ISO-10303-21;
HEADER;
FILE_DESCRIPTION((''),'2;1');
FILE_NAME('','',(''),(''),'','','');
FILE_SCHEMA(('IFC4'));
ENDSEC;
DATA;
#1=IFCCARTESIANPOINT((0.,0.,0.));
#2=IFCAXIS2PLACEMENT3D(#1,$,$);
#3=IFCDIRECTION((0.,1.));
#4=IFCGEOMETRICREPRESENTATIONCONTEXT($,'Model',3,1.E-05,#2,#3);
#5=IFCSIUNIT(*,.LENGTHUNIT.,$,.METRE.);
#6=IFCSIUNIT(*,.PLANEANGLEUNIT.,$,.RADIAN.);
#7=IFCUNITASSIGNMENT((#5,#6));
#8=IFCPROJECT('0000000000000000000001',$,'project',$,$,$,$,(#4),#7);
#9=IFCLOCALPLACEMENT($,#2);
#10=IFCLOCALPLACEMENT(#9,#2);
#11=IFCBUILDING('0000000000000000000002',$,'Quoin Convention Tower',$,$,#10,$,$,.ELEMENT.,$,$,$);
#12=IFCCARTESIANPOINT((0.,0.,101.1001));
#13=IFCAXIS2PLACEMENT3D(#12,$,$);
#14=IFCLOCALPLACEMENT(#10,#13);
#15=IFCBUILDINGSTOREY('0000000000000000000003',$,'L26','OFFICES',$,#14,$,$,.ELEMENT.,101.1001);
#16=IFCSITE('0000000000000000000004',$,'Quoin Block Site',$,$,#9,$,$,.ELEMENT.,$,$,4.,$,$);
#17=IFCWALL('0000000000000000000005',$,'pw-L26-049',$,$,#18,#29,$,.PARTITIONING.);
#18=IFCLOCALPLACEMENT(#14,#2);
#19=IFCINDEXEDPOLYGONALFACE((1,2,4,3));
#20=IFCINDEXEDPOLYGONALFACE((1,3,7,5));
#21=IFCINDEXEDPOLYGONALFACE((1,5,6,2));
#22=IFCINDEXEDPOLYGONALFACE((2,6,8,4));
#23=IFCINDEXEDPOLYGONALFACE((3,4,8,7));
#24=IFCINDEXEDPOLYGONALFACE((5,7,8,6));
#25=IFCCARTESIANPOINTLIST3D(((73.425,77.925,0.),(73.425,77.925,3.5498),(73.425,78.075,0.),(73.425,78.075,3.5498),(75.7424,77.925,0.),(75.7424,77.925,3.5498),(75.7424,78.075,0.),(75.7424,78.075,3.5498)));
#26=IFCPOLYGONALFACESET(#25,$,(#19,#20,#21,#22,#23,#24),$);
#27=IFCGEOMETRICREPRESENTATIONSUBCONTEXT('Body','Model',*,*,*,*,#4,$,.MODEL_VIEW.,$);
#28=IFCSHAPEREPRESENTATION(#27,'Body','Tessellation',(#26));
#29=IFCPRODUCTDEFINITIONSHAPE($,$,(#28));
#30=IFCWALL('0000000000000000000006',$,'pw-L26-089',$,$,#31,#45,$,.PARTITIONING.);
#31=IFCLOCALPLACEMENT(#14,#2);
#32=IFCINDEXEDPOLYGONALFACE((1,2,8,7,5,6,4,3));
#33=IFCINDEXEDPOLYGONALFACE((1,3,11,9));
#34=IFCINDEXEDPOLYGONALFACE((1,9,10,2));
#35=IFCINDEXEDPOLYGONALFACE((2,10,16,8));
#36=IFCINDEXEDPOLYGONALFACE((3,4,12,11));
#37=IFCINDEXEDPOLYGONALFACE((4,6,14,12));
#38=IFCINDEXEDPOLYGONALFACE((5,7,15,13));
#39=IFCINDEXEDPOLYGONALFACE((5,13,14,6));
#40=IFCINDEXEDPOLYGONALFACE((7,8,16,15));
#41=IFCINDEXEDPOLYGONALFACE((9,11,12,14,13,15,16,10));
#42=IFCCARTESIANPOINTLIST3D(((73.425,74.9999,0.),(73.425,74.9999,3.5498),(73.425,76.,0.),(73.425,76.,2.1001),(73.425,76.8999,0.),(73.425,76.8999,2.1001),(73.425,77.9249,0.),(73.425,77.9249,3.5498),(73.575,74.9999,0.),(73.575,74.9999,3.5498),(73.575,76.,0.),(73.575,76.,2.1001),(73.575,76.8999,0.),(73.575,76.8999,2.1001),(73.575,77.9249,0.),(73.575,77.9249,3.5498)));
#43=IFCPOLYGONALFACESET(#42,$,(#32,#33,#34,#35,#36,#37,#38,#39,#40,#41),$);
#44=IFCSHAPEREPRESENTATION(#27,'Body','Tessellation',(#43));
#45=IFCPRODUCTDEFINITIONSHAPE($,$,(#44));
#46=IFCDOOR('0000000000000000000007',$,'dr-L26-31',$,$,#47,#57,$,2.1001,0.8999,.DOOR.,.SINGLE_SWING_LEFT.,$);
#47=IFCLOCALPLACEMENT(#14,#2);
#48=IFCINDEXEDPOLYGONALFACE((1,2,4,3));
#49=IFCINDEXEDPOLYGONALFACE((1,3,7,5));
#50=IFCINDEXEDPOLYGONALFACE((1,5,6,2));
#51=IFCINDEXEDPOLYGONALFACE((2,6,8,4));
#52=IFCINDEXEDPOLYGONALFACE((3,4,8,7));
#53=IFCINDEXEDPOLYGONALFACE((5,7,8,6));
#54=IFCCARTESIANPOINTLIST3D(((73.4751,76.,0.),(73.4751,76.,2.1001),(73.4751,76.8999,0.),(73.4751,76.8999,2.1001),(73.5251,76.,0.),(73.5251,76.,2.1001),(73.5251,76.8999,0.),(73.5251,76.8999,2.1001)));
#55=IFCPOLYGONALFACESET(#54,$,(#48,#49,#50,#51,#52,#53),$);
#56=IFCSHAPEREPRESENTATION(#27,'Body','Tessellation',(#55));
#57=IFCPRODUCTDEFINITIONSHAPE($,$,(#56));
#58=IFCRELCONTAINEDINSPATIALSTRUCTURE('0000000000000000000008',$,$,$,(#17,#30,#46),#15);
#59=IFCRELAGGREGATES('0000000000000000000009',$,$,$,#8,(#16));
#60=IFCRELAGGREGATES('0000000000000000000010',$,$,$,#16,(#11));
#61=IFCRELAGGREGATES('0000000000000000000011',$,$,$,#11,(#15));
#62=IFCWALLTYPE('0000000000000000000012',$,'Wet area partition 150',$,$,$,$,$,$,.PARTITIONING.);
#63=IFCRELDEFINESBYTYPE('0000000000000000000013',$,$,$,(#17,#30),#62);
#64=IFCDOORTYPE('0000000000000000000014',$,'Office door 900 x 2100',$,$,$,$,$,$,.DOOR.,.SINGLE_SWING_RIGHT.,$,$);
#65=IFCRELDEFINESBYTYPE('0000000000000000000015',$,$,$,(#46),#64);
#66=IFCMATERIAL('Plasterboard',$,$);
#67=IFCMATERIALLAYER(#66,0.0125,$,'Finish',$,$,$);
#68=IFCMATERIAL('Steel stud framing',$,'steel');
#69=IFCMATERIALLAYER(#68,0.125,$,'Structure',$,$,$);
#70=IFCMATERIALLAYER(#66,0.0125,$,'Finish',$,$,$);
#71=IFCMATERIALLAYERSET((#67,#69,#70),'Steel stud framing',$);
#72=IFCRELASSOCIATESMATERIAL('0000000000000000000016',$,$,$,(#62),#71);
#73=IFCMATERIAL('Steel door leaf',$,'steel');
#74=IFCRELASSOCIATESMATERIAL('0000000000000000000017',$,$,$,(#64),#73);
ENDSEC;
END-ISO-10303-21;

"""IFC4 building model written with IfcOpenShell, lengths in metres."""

from ifc_helpers import new_model, si_unit, direction, frame, frame_2d, origin, place, context, subcontext, project, spatial, rectangle, extrude, material, layer, layer_set, type_object, element, fill, save


model = new_model("IFC4")

# Units and contexts
model_context = context("Model", 3, precision=1e-05, world=origin(), true_north=direction((0.0, 1.0)))
body_context = subcontext(model_context, "Body", "Model", "MODEL_VIEW")
ifc_project = project(units=[si_unit("LENGTHUNIT", "METRE"), si_unit("PLANEANGLEUNIT", "RADIAN")], contexts=[model_context])

# Site, building, storey
site_placement = place(None, origin())
site = spatial("IfcSite", under=ifc_project, at=site_placement, Name="Quoin Block Site", CompositionType="ELEMENT", RefElevation=4.0)
building_placement = place(site_placement, origin())
building = spatial("IfcBuilding", under=site, at=building_placement, Name="Quoin Convention Tower", CompositionType="ELEMENT")
storey_placement = place(building_placement, frame((0.0, 0.0, 101.1001)))
storey = spatial("IfcBuildingStorey", under=building, at=storey_placement, Name="L26", Description="OFFICES", CompositionType="ELEMENT", Elevation=101.1001)

# Wall
ifc_material_1 = material(Name="Plasterboard")
ifc_material_2 = material(Name="Steel stud framing", Category="steel")
ifc_layer_1 = layer(ifc_material_1, 0.0125, Name="Finish")
ifc_layer_2 = layer(ifc_material_2, 0.125, Name="Structure")
ifc_layer_3 = layer(ifc_material_1, 0.0125, Name="Finish")
ifc_layer_set_1 = layer_set([ifc_layer_1, ifc_layer_2, ifc_layer_3], Name="Steel stud framing")
wall_type_1 = type_object("IfcWallType", Name="Wet area partition 150", PredefinedType="PARTITIONING", material=ifc_layer_set_1)
wall_1_placement = place(storey_placement, frame((73.425, 78.0, 0.0), z_axis=(0.0, 0.0, 1.0), x_axis=(1.0, 0.0, 0.0)))
element("IfcWall", 1, at=wall_1_placement, inside=storey, type_object=wall_type_1, Name="pw-L26-049", PredefinedType="PARTITIONING", context=body_context, shape_type="SweptSolid", body=[
    extrude(rectangle(XDim=2.3174, YDim=0.1499, at=frame_2d((1.1587, 0.0))), origin(), (0.0, 0.0, 1.0), 3.5498),
])

# Wall, opening, door
wall_2_placement = place(storey_placement, frame((73.5, 75.0, 0.0), z_axis=(0.0, 0.0, 1.0), x_axis=(0.0, 1.0, 0.0)))
wall_2 = element("IfcWall", 2, at=wall_2_placement, inside=storey, type_object=wall_type_1, Name="pw-L26-089", PredefinedType="PARTITIONING", context=body_context, shape_type="SweptSolid", body=[
    extrude(rectangle(XDim=2.925, YDim=0.1499, at=frame_2d((1.4624, 0.0))), origin(), (0.0, 0.0, 1.0), 3.5498),
])
opening_1_placement = place(wall_2_placement, frame((1.0, 0.0, 0.0)))
opening_1 = element("IfcOpeningElement", 3, at=opening_1_placement, cuts=wall_2, PredefinedType="OPENING", context=body_context, shape_type="SweptSolid", body=[
    extrude(rectangle(XDim=0.8999, YDim=2.1001, at=frame_2d((0.45, 1.05))), frame((0.0, 0.085, 0.0), z_axis=(0.0, -1.0, 0.0), x_axis=(1.0, 0.0, 0.0)), (0.0, 0.0, 1.0), 0.1699),
])
ifc_material_3 = material(Name="Steel door leaf", Category="steel")
door_type = type_object("IfcDoorType", Name="Office door 900 x 2100", OperationType="SINGLE_SWING_RIGHT", PredefinedType="DOOR", material=ifc_material_3)
door_placement = place(opening_1_placement, origin())
door = element("IfcDoor", 4, at=door_placement, inside=storey, type_object=door_type, Name="dr-L26-31", OperationType="SINGLE_SWING_LEFT", OverallHeight=2.1001, OverallWidth=0.8999, PredefinedType="DOOR", context=body_context, shape_type="SweptSolid", body=[
    extrude(rectangle(XDim=0.8999, YDim=2.1001, at=frame_2d((0.45, 1.05))), frame((0.0, 0.0249, 0.0), z_axis=(0.0, -1.0, 0.0), x_axis=(1.0, 0.0, 0.0)), (0.0, 0.0, 1.0), 0.05),
])
fill(opening_1, door)

save(model, "model.ifc")
